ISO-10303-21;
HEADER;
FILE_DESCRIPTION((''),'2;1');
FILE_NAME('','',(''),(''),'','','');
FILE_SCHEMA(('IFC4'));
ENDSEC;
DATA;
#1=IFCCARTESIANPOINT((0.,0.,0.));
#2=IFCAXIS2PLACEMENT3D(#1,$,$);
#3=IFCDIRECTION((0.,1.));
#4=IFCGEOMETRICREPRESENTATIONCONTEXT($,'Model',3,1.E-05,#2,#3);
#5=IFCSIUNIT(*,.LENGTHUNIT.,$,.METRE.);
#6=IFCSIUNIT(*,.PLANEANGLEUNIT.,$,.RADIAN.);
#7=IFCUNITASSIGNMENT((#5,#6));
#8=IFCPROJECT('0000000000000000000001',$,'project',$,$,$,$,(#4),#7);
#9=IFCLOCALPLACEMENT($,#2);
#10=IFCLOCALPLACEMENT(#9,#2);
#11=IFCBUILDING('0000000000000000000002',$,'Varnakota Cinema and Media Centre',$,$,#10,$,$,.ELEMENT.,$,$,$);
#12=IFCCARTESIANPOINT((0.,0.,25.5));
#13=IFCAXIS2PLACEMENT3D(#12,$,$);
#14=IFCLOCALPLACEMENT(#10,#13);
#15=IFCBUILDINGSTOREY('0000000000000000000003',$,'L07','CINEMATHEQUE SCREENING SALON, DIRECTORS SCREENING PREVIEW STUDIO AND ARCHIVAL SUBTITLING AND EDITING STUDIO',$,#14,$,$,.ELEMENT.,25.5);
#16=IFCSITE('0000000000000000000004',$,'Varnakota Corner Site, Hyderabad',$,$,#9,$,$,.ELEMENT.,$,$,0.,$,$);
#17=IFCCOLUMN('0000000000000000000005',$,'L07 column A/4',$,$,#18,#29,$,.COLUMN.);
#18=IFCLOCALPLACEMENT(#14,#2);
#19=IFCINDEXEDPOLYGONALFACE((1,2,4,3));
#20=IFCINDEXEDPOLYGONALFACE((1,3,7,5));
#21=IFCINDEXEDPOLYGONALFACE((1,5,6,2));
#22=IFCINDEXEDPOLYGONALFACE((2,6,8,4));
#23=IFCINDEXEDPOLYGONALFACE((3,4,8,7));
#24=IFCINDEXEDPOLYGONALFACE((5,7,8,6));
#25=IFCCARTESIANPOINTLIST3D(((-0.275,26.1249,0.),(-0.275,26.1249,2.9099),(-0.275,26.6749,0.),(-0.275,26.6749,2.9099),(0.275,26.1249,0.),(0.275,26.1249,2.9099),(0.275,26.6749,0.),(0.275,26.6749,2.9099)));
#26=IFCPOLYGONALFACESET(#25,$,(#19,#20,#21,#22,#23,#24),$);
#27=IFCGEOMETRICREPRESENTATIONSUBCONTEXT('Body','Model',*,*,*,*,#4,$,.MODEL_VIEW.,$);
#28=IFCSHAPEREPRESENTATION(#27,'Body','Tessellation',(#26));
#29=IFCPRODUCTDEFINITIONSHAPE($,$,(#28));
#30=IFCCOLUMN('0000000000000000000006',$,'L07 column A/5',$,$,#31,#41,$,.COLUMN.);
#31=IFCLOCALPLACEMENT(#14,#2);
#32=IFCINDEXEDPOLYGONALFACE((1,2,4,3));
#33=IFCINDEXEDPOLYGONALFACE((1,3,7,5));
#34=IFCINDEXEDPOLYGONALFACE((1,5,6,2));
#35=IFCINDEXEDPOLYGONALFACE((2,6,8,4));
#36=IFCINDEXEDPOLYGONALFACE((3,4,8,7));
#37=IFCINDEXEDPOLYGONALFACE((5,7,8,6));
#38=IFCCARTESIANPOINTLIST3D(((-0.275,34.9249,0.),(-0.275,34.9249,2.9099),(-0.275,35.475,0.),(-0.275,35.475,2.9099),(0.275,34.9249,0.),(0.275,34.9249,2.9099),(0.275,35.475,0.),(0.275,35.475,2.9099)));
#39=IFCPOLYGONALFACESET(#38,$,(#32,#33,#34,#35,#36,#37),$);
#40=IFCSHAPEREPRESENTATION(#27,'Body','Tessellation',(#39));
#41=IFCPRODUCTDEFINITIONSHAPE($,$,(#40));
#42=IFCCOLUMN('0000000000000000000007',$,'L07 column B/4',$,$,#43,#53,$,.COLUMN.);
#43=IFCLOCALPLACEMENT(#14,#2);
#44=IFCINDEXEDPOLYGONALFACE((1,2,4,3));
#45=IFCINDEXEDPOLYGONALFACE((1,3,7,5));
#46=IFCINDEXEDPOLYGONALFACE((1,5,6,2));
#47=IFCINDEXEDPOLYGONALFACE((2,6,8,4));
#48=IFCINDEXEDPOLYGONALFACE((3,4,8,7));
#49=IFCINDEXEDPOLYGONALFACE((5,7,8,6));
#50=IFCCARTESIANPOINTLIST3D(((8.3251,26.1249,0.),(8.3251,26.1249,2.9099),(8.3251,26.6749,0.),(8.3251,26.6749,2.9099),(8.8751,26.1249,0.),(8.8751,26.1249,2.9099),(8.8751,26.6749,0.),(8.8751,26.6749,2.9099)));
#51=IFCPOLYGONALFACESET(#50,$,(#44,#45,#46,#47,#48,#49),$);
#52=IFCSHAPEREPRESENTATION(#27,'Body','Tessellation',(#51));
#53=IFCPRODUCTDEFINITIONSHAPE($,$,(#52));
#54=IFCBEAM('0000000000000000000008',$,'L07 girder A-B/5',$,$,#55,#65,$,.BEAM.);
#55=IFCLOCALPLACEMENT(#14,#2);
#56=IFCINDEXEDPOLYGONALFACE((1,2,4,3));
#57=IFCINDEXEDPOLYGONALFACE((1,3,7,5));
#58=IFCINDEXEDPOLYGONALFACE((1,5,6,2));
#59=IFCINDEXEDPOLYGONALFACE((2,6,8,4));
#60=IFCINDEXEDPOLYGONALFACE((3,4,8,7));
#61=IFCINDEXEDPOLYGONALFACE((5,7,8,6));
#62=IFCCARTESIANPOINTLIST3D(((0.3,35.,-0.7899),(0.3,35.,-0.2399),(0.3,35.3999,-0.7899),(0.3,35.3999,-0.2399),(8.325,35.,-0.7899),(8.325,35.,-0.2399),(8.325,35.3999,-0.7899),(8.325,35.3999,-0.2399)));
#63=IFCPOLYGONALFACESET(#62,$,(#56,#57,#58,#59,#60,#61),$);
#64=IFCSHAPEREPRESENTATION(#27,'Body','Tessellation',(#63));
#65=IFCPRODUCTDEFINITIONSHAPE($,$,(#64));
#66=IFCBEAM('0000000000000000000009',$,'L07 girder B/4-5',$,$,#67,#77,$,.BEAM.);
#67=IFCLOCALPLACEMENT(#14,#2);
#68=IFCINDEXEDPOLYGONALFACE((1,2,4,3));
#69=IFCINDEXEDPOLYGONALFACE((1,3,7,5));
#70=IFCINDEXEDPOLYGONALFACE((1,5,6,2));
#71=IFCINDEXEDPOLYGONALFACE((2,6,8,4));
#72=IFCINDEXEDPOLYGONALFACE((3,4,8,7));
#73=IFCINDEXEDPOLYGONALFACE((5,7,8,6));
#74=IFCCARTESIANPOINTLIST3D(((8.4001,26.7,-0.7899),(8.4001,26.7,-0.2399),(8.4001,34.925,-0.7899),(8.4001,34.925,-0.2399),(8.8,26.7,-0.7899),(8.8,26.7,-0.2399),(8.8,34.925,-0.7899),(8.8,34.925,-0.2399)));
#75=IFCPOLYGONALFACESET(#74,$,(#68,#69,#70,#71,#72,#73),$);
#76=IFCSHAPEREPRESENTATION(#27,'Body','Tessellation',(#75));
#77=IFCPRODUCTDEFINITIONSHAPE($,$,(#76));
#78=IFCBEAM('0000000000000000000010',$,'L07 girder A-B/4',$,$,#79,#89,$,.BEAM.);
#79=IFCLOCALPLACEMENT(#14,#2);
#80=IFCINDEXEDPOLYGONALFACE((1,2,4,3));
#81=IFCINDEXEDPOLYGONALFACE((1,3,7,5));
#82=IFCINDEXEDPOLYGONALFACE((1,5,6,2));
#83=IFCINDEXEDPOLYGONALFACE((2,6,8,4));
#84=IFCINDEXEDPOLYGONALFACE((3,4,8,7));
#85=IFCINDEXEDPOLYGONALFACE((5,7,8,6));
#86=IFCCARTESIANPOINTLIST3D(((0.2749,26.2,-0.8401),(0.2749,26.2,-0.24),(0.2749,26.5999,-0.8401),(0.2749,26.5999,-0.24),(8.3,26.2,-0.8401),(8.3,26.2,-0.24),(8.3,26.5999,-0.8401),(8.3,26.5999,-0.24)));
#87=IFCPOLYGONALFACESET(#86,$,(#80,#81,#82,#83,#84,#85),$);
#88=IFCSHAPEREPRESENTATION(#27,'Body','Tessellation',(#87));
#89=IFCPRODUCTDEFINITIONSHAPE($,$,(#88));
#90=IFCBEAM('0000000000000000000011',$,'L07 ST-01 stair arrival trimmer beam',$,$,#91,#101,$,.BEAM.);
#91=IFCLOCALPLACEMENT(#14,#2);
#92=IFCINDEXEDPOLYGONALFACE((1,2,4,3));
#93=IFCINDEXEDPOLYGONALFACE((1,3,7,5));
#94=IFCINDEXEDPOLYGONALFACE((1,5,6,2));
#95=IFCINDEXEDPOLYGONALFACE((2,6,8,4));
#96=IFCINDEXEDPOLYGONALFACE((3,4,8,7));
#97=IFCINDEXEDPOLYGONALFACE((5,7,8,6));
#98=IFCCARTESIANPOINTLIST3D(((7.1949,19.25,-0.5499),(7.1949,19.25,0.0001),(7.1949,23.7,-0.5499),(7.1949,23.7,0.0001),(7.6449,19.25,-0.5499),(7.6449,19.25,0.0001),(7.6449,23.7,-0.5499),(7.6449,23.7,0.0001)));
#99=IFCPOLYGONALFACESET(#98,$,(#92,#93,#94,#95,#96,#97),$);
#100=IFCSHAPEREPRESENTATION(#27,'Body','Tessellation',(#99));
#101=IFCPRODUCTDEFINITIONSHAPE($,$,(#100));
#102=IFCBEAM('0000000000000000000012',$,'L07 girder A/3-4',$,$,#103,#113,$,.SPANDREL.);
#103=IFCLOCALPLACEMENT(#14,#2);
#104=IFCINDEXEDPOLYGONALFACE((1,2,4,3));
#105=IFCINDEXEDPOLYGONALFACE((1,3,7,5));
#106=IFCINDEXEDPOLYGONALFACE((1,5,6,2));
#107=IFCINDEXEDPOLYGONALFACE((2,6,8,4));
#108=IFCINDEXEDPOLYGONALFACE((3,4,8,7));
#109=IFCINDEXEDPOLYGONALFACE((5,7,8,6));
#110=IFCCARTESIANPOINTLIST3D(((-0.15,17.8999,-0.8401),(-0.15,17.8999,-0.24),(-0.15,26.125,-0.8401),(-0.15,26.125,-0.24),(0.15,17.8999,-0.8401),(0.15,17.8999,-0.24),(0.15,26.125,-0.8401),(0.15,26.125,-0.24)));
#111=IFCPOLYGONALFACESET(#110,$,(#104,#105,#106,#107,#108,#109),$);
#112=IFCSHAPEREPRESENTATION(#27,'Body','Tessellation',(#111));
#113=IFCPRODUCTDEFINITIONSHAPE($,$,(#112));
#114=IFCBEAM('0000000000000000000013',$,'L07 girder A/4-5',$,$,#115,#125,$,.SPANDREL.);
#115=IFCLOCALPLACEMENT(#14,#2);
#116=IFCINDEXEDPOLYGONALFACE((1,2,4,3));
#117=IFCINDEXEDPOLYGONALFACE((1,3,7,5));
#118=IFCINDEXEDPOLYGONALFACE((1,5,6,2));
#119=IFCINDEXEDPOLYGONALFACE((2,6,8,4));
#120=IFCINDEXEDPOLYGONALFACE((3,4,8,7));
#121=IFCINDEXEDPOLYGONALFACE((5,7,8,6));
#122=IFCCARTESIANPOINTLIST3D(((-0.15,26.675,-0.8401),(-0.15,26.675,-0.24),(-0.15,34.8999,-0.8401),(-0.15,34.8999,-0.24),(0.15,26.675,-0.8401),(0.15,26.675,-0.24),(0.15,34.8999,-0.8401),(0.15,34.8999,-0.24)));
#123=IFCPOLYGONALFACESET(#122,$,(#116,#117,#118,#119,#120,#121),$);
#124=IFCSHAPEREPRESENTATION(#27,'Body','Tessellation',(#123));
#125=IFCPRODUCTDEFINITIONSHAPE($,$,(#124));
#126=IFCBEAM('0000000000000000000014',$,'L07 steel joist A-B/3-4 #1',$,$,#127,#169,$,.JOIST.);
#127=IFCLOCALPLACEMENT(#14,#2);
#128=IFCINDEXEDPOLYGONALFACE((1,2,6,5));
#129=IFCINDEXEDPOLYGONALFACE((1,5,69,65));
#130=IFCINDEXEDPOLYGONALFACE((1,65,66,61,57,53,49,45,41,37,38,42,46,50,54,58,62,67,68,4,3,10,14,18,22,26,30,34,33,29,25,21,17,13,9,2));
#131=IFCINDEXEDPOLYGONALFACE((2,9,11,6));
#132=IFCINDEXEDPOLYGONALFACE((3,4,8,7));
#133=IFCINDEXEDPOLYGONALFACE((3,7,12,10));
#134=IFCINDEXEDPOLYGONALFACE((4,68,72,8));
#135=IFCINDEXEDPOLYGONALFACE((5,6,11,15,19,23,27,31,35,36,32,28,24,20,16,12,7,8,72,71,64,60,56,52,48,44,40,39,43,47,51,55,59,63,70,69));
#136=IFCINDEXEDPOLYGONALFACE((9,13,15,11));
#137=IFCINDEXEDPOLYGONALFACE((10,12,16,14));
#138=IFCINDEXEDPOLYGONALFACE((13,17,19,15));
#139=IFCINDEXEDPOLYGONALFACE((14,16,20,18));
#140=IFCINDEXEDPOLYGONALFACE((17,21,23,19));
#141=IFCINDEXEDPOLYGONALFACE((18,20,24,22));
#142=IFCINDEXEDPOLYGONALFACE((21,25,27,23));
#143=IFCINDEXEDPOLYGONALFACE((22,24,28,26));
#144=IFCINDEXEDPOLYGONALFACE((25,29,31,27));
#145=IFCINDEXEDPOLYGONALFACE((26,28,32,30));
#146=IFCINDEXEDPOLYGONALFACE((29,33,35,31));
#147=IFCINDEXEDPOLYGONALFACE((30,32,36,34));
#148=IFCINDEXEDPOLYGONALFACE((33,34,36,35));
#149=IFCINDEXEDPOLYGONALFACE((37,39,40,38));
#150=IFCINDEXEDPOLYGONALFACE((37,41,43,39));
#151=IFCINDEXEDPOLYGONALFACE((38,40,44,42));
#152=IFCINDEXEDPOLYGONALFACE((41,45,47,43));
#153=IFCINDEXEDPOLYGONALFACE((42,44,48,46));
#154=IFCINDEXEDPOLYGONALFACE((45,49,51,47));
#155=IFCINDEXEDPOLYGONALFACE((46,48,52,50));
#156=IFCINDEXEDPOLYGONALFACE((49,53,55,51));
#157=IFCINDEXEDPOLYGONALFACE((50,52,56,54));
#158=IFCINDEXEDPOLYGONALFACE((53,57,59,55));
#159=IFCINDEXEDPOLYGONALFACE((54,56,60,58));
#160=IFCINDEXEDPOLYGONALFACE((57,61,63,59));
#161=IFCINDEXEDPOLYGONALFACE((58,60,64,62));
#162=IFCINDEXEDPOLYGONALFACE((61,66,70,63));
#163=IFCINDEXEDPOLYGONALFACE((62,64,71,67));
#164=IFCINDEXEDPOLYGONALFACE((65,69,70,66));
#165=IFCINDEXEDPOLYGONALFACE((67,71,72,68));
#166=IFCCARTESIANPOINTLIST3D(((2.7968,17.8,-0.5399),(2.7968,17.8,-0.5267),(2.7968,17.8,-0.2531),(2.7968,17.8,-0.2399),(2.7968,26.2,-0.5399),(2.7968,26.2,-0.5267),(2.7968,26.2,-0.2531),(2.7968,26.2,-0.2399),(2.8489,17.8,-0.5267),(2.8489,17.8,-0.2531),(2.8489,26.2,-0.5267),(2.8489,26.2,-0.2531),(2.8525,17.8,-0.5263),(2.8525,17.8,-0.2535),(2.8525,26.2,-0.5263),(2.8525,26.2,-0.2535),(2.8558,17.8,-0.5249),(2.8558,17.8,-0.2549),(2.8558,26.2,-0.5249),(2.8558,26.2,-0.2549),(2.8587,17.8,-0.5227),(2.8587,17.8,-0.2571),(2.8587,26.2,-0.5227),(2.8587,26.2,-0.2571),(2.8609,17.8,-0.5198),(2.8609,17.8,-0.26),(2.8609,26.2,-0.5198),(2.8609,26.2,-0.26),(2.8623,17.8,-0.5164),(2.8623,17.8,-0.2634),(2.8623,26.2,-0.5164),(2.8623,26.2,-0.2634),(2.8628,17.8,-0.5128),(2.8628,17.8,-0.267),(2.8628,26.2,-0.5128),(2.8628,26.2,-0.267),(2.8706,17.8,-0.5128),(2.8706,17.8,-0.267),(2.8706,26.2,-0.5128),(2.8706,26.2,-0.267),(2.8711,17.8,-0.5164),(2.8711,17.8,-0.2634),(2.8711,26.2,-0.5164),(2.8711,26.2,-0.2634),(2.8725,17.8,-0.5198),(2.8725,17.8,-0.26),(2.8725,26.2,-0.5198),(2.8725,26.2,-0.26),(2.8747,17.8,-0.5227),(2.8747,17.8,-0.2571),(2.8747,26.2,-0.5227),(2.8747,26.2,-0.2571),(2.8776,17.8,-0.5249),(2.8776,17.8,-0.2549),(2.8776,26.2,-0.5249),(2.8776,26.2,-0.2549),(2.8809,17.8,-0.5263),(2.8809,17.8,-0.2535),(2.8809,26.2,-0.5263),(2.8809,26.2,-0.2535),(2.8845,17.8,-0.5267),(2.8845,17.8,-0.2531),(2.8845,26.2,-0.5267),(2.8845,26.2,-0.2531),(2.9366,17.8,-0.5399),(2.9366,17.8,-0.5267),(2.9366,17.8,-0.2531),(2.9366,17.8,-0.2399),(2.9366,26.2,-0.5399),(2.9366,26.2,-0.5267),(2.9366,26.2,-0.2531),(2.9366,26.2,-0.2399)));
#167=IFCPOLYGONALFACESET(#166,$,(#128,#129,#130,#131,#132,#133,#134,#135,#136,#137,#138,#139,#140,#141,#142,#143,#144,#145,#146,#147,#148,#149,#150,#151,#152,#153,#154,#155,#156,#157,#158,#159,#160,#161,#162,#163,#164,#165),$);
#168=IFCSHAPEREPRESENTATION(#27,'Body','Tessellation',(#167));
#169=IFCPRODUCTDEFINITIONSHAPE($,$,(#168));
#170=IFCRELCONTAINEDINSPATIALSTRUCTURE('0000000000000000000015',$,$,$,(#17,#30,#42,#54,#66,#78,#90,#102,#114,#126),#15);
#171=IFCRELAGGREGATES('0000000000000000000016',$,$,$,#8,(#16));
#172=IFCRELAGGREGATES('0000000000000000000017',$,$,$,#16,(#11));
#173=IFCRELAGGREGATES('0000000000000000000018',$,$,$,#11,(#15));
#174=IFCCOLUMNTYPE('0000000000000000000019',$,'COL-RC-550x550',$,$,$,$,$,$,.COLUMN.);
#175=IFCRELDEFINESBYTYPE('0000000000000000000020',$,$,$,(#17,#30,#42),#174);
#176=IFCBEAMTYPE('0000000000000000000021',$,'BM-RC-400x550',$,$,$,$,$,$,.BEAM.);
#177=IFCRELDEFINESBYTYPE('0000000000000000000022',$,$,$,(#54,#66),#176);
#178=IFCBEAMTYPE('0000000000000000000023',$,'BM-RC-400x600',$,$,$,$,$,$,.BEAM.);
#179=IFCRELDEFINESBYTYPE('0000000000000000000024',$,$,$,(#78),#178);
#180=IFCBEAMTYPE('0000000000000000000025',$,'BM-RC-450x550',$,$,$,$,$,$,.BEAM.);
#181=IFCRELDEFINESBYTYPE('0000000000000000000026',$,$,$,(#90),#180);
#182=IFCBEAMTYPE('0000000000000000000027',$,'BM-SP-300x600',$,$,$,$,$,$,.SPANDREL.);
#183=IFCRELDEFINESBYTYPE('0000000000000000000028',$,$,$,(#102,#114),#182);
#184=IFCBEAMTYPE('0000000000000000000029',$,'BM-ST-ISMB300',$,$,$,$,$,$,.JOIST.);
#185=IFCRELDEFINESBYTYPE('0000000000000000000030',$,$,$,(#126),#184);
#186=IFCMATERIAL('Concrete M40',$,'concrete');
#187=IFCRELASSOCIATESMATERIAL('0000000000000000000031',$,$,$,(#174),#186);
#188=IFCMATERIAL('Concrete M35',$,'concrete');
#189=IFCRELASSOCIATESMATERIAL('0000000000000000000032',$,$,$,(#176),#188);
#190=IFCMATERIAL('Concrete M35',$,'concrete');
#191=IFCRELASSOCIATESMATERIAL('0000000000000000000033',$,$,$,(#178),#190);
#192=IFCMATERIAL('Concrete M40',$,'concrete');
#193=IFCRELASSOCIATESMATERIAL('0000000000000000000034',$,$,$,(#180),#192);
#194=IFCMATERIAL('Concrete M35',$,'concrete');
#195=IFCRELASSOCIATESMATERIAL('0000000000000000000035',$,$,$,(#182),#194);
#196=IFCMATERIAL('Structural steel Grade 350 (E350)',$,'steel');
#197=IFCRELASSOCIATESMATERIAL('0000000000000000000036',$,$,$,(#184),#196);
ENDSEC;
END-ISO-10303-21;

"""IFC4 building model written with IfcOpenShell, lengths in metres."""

from ifc_helpers import new_model, si_unit, direction, frame, origin, origin_2d, place, context, subcontext, project, spatial, rectangle, i_section, extrude, material, material_profile, profile_set, type_object, element, save


model = new_model("IFC4")

# Units and contexts
model_context = context("Model", 3, precision=1e-05, world=origin(), true_north=direction((0.0, 1.0)))
body_context = subcontext(model_context, "Body", "Model", "MODEL_VIEW")
ifc_project = project(units=[si_unit("LENGTHUNIT", "METRE"), si_unit("PLANEANGLEUNIT", "RADIAN")], contexts=[model_context])

# Site, building, storey
site_placement = place(None, origin())
site = spatial("IfcSite", under=ifc_project, at=site_placement, Name="Varnakota Corner Site, Hyderabad", CompositionType="ELEMENT", RefElevation=0.0)
building_placement = place(site_placement, origin())
building = spatial("IfcBuilding", under=site, at=building_placement, Name="Varnakota Cinema and Media Centre", CompositionType="ELEMENT")
storey_placement = place(building_placement, frame((0.0, 0.0, 25.5)))
storey = spatial("IfcBuildingStorey", under=building, at=storey_placement, Name="L07", Description="CINEMATHEQUE SCREENING SALON, DIRECTORS SCREENING PREVIEW STUDIO AND ARCHIVAL SUBTITLING AND EDITING STUDIO", CompositionType="ELEMENT", Elevation=25.5)

# Columns
ifc_material_1 = material(Name="Concrete M40", Category="concrete")
ifc_material_profile_1 = material_profile(ifc_material_1, rectangle(XDim=0.55, YDim=0.55, at=origin_2d()), Name="RC 550x550")
ifc_profile_set_1 = profile_set([ifc_material_profile_1], Name="Concrete M40")
column_type = type_object("IfcColumnType", Name="COL-RC-550x550", PredefinedType="COLUMN", material=ifc_profile_set_1)
for number, where, z_axis, x_axis, name in (
    (1, (0.0, 26.3999, 0.0), (0.0, 0.0, 1.0), (1.0, 0.0, 0.0), "L07 column A/4"),
    (2, (0.0, 35.2, 0.0), (0.0, 0.0, 1.0), (1.0, 0.0, 0.0), "L07 column A/5"),
    (3, (8.6001, 26.3999, 0.0), (0.0, 0.0, 1.0), (1.0, 0.0, 0.0), "L07 column B/4"),
):
    element("IfcColumn", number, at=place(storey_placement, frame(where, z_axis=z_axis, x_axis=x_axis)), inside=storey, type_object=column_type, Name=name, PredefinedType="COLUMN", context=body_context, shape_type="SweptSolid", body=[
        extrude(rectangle(XDim=0.55, YDim=0.55, at=origin_2d()), origin(), (0.0, 0.0, 1.0), 2.9099),
    ])

# Beams
ifc_material_2 = material(Name="Concrete M35", Category="concrete")
ifc_material_profile_2 = material_profile(ifc_material_2, rectangle(XDim=0.3999, YDim=0.55, at=origin_2d()), Name="RCB 400x550")
ifc_profile_set_2 = profile_set([ifc_material_profile_2], Name="Concrete M35")
beam_type_1 = type_object("IfcBeamType", Name="BM-RC-400x550", PredefinedType="BEAM", material=ifc_profile_set_2)
beam_1_placement = place(storey_placement, frame((0.3, 35.2, -0.5149), z_axis=(1.0, 0.0, 0.0), x_axis=(0.0, 1.0, 0.0)))
element("IfcBeam", 4, at=beam_1_placement, inside=storey, type_object=beam_type_1, Name="L07 girder A-B/5", PredefinedType="BEAM", context=body_context, shape_type="SweptSolid", body=[
    extrude(rectangle(XDim=0.3999, YDim=0.55, at=origin_2d()), origin(), (0.0, 0.0, 1.0), 8.0249),
])
beam_2_placement = place(storey_placement, frame((8.6001, 26.7, -0.5149), z_axis=(0.0, 1.0, 0.0), x_axis=(-1.0, 0.0, 0.0)))
element("IfcBeam", 5, at=beam_2_placement, inside=storey, type_object=beam_type_1, Name="L07 girder B/4-5", PredefinedType="BEAM", context=body_context, shape_type="SweptSolid", body=[
    extrude(rectangle(XDim=0.3999, YDim=0.55, at=origin_2d()), origin(), (0.0, 0.0, 1.0), 8.2251),
])
ifc_material_3 = material(Name="Concrete M35", Category="concrete")
ifc_material_profile_3 = material_profile(ifc_material_3, rectangle(XDim=0.3999, YDim=0.6001, at=origin_2d()), Name="RCB 400x600")
ifc_profile_set_3 = profile_set([ifc_material_profile_3], Name="Concrete M35")
beam_type_2 = type_object("IfcBeamType", Name="BM-RC-400x600", PredefinedType="BEAM", material=ifc_profile_set_3)
beam_3_placement = place(storey_placement, frame((0.2749, 26.3999, -0.54), z_axis=(1.0, 0.0, 0.0), x_axis=(0.0, 1.0, 0.0)))
element("IfcBeam", 6, at=beam_3_placement, inside=storey, type_object=beam_type_2, Name="L07 girder A-B/4", PredefinedType="BEAM", context=body_context, shape_type="SweptSolid", body=[
    extrude(rectangle(XDim=0.3999, YDim=0.6001, at=origin_2d()), origin(), (0.0, 0.0, 1.0), 8.0251),
])
ifc_material_4 = material(Name="Concrete M40", Category="concrete")
ifc_material_profile_4 = material_profile(ifc_material_4, rectangle(XDim=0.45, YDim=0.55, at=origin_2d()), Name="RCB 450x550")
ifc_profile_set_4 = profile_set([ifc_material_profile_4], Name="Concrete M40")
beam_type_3 = type_object("IfcBeamType", Name="BM-RC-450x550", PredefinedType="BEAM", material=ifc_profile_set_4)
beam_4_placement = place(storey_placement, frame((7.4199, 19.25, -0.2749), z_axis=(0.0, 1.0, 0.0), x_axis=(-1.0, 0.0, 0.0)))
element("IfcBeam", 7, at=beam_4_placement, inside=storey, type_object=beam_type_3, Name="L07 ST-01 stair arrival trimmer beam", PredefinedType="BEAM", context=body_context, shape_type="SweptSolid", body=[
    extrude(rectangle(XDim=0.45, YDim=0.55, at=origin_2d()), origin(), (0.0, 0.0, 1.0), 4.45),
])
ifc_material_5 = material(Name="Concrete M35", Category="concrete")
ifc_material_profile_5 = material_profile(ifc_material_5, rectangle(XDim=0.3, YDim=0.6001, at=origin_2d()), Name="RCB 300x600")
ifc_profile_set_5 = profile_set([ifc_material_profile_5], Name="Concrete M35")
beam_type_4 = type_object("IfcBeamType", Name="BM-SP-300x600", PredefinedType="SPANDREL", material=ifc_profile_set_5)
beam_5_placement = place(storey_placement, frame((0.0, 17.8999, -0.54), z_axis=(0.0, 1.0, 0.0), x_axis=(-1.0, 0.0, 0.0)))
element("IfcBeam", 8, at=beam_5_placement, inside=storey, type_object=beam_type_4, Name="L07 girder A/3-4", PredefinedType="SPANDREL", context=body_context, shape_type="SweptSolid", body=[
    extrude(rectangle(XDim=0.3, YDim=0.6001, at=origin_2d()), origin(), (0.0, 0.0, 1.0), 8.2251),
])
beam_6_placement = place(storey_placement, frame((0.0, 26.675, -0.54), z_axis=(0.0, 1.0, 0.0), x_axis=(-1.0, 0.0, 0.0)))
element("IfcBeam", 9, at=beam_6_placement, inside=storey, type_object=beam_type_4, Name="L07 girder A/4-5", PredefinedType="SPANDREL", context=body_context, shape_type="SweptSolid", body=[
    extrude(rectangle(XDim=0.3, YDim=0.6001, at=origin_2d()), origin(), (0.0, 0.0, 1.0), 8.2249),
])
ifc_material_6 = material(Name="Structural steel Grade 350 (E350)", Category="steel")
ifc_material_profile_6 = material_profile(ifc_material_6, i_section(OverallWidth=0.1399, OverallDepth=0.3, WebThickness=0.0078, FlangeThickness=0.0132, FilletRadius=0.0139, at=origin_2d()), Name="ISMB 300")
ifc_profile_set_6 = profile_set([ifc_material_profile_6], Name="Structural steel Grade 350 (E350)")
beam_type_5 = type_object("IfcBeamType", Name="BM-ST-ISMB300", PredefinedType="JOIST", material=ifc_profile_set_6)
beam_7_placement = place(storey_placement, frame((2.8667, 17.8, -0.3899), z_axis=(0.0, 1.0, 0.0), x_axis=(-1.0, 0.0, 0.0)))
element("IfcBeam", 10, at=beam_7_placement, inside=storey, type_object=beam_type_5, Name="L07 steel joist A-B/3-4 #1", PredefinedType="JOIST", context=body_context, shape_type="SweptSolid", body=[
    extrude(i_section(OverallWidth=0.1399, OverallDepth=0.3, WebThickness=0.0078, FlangeThickness=0.0132, FilletRadius=0.0139, at=origin_2d()), origin(), (0.0, 0.0, 1.0), 8.3999),
])

save(model, "model.ifc")
